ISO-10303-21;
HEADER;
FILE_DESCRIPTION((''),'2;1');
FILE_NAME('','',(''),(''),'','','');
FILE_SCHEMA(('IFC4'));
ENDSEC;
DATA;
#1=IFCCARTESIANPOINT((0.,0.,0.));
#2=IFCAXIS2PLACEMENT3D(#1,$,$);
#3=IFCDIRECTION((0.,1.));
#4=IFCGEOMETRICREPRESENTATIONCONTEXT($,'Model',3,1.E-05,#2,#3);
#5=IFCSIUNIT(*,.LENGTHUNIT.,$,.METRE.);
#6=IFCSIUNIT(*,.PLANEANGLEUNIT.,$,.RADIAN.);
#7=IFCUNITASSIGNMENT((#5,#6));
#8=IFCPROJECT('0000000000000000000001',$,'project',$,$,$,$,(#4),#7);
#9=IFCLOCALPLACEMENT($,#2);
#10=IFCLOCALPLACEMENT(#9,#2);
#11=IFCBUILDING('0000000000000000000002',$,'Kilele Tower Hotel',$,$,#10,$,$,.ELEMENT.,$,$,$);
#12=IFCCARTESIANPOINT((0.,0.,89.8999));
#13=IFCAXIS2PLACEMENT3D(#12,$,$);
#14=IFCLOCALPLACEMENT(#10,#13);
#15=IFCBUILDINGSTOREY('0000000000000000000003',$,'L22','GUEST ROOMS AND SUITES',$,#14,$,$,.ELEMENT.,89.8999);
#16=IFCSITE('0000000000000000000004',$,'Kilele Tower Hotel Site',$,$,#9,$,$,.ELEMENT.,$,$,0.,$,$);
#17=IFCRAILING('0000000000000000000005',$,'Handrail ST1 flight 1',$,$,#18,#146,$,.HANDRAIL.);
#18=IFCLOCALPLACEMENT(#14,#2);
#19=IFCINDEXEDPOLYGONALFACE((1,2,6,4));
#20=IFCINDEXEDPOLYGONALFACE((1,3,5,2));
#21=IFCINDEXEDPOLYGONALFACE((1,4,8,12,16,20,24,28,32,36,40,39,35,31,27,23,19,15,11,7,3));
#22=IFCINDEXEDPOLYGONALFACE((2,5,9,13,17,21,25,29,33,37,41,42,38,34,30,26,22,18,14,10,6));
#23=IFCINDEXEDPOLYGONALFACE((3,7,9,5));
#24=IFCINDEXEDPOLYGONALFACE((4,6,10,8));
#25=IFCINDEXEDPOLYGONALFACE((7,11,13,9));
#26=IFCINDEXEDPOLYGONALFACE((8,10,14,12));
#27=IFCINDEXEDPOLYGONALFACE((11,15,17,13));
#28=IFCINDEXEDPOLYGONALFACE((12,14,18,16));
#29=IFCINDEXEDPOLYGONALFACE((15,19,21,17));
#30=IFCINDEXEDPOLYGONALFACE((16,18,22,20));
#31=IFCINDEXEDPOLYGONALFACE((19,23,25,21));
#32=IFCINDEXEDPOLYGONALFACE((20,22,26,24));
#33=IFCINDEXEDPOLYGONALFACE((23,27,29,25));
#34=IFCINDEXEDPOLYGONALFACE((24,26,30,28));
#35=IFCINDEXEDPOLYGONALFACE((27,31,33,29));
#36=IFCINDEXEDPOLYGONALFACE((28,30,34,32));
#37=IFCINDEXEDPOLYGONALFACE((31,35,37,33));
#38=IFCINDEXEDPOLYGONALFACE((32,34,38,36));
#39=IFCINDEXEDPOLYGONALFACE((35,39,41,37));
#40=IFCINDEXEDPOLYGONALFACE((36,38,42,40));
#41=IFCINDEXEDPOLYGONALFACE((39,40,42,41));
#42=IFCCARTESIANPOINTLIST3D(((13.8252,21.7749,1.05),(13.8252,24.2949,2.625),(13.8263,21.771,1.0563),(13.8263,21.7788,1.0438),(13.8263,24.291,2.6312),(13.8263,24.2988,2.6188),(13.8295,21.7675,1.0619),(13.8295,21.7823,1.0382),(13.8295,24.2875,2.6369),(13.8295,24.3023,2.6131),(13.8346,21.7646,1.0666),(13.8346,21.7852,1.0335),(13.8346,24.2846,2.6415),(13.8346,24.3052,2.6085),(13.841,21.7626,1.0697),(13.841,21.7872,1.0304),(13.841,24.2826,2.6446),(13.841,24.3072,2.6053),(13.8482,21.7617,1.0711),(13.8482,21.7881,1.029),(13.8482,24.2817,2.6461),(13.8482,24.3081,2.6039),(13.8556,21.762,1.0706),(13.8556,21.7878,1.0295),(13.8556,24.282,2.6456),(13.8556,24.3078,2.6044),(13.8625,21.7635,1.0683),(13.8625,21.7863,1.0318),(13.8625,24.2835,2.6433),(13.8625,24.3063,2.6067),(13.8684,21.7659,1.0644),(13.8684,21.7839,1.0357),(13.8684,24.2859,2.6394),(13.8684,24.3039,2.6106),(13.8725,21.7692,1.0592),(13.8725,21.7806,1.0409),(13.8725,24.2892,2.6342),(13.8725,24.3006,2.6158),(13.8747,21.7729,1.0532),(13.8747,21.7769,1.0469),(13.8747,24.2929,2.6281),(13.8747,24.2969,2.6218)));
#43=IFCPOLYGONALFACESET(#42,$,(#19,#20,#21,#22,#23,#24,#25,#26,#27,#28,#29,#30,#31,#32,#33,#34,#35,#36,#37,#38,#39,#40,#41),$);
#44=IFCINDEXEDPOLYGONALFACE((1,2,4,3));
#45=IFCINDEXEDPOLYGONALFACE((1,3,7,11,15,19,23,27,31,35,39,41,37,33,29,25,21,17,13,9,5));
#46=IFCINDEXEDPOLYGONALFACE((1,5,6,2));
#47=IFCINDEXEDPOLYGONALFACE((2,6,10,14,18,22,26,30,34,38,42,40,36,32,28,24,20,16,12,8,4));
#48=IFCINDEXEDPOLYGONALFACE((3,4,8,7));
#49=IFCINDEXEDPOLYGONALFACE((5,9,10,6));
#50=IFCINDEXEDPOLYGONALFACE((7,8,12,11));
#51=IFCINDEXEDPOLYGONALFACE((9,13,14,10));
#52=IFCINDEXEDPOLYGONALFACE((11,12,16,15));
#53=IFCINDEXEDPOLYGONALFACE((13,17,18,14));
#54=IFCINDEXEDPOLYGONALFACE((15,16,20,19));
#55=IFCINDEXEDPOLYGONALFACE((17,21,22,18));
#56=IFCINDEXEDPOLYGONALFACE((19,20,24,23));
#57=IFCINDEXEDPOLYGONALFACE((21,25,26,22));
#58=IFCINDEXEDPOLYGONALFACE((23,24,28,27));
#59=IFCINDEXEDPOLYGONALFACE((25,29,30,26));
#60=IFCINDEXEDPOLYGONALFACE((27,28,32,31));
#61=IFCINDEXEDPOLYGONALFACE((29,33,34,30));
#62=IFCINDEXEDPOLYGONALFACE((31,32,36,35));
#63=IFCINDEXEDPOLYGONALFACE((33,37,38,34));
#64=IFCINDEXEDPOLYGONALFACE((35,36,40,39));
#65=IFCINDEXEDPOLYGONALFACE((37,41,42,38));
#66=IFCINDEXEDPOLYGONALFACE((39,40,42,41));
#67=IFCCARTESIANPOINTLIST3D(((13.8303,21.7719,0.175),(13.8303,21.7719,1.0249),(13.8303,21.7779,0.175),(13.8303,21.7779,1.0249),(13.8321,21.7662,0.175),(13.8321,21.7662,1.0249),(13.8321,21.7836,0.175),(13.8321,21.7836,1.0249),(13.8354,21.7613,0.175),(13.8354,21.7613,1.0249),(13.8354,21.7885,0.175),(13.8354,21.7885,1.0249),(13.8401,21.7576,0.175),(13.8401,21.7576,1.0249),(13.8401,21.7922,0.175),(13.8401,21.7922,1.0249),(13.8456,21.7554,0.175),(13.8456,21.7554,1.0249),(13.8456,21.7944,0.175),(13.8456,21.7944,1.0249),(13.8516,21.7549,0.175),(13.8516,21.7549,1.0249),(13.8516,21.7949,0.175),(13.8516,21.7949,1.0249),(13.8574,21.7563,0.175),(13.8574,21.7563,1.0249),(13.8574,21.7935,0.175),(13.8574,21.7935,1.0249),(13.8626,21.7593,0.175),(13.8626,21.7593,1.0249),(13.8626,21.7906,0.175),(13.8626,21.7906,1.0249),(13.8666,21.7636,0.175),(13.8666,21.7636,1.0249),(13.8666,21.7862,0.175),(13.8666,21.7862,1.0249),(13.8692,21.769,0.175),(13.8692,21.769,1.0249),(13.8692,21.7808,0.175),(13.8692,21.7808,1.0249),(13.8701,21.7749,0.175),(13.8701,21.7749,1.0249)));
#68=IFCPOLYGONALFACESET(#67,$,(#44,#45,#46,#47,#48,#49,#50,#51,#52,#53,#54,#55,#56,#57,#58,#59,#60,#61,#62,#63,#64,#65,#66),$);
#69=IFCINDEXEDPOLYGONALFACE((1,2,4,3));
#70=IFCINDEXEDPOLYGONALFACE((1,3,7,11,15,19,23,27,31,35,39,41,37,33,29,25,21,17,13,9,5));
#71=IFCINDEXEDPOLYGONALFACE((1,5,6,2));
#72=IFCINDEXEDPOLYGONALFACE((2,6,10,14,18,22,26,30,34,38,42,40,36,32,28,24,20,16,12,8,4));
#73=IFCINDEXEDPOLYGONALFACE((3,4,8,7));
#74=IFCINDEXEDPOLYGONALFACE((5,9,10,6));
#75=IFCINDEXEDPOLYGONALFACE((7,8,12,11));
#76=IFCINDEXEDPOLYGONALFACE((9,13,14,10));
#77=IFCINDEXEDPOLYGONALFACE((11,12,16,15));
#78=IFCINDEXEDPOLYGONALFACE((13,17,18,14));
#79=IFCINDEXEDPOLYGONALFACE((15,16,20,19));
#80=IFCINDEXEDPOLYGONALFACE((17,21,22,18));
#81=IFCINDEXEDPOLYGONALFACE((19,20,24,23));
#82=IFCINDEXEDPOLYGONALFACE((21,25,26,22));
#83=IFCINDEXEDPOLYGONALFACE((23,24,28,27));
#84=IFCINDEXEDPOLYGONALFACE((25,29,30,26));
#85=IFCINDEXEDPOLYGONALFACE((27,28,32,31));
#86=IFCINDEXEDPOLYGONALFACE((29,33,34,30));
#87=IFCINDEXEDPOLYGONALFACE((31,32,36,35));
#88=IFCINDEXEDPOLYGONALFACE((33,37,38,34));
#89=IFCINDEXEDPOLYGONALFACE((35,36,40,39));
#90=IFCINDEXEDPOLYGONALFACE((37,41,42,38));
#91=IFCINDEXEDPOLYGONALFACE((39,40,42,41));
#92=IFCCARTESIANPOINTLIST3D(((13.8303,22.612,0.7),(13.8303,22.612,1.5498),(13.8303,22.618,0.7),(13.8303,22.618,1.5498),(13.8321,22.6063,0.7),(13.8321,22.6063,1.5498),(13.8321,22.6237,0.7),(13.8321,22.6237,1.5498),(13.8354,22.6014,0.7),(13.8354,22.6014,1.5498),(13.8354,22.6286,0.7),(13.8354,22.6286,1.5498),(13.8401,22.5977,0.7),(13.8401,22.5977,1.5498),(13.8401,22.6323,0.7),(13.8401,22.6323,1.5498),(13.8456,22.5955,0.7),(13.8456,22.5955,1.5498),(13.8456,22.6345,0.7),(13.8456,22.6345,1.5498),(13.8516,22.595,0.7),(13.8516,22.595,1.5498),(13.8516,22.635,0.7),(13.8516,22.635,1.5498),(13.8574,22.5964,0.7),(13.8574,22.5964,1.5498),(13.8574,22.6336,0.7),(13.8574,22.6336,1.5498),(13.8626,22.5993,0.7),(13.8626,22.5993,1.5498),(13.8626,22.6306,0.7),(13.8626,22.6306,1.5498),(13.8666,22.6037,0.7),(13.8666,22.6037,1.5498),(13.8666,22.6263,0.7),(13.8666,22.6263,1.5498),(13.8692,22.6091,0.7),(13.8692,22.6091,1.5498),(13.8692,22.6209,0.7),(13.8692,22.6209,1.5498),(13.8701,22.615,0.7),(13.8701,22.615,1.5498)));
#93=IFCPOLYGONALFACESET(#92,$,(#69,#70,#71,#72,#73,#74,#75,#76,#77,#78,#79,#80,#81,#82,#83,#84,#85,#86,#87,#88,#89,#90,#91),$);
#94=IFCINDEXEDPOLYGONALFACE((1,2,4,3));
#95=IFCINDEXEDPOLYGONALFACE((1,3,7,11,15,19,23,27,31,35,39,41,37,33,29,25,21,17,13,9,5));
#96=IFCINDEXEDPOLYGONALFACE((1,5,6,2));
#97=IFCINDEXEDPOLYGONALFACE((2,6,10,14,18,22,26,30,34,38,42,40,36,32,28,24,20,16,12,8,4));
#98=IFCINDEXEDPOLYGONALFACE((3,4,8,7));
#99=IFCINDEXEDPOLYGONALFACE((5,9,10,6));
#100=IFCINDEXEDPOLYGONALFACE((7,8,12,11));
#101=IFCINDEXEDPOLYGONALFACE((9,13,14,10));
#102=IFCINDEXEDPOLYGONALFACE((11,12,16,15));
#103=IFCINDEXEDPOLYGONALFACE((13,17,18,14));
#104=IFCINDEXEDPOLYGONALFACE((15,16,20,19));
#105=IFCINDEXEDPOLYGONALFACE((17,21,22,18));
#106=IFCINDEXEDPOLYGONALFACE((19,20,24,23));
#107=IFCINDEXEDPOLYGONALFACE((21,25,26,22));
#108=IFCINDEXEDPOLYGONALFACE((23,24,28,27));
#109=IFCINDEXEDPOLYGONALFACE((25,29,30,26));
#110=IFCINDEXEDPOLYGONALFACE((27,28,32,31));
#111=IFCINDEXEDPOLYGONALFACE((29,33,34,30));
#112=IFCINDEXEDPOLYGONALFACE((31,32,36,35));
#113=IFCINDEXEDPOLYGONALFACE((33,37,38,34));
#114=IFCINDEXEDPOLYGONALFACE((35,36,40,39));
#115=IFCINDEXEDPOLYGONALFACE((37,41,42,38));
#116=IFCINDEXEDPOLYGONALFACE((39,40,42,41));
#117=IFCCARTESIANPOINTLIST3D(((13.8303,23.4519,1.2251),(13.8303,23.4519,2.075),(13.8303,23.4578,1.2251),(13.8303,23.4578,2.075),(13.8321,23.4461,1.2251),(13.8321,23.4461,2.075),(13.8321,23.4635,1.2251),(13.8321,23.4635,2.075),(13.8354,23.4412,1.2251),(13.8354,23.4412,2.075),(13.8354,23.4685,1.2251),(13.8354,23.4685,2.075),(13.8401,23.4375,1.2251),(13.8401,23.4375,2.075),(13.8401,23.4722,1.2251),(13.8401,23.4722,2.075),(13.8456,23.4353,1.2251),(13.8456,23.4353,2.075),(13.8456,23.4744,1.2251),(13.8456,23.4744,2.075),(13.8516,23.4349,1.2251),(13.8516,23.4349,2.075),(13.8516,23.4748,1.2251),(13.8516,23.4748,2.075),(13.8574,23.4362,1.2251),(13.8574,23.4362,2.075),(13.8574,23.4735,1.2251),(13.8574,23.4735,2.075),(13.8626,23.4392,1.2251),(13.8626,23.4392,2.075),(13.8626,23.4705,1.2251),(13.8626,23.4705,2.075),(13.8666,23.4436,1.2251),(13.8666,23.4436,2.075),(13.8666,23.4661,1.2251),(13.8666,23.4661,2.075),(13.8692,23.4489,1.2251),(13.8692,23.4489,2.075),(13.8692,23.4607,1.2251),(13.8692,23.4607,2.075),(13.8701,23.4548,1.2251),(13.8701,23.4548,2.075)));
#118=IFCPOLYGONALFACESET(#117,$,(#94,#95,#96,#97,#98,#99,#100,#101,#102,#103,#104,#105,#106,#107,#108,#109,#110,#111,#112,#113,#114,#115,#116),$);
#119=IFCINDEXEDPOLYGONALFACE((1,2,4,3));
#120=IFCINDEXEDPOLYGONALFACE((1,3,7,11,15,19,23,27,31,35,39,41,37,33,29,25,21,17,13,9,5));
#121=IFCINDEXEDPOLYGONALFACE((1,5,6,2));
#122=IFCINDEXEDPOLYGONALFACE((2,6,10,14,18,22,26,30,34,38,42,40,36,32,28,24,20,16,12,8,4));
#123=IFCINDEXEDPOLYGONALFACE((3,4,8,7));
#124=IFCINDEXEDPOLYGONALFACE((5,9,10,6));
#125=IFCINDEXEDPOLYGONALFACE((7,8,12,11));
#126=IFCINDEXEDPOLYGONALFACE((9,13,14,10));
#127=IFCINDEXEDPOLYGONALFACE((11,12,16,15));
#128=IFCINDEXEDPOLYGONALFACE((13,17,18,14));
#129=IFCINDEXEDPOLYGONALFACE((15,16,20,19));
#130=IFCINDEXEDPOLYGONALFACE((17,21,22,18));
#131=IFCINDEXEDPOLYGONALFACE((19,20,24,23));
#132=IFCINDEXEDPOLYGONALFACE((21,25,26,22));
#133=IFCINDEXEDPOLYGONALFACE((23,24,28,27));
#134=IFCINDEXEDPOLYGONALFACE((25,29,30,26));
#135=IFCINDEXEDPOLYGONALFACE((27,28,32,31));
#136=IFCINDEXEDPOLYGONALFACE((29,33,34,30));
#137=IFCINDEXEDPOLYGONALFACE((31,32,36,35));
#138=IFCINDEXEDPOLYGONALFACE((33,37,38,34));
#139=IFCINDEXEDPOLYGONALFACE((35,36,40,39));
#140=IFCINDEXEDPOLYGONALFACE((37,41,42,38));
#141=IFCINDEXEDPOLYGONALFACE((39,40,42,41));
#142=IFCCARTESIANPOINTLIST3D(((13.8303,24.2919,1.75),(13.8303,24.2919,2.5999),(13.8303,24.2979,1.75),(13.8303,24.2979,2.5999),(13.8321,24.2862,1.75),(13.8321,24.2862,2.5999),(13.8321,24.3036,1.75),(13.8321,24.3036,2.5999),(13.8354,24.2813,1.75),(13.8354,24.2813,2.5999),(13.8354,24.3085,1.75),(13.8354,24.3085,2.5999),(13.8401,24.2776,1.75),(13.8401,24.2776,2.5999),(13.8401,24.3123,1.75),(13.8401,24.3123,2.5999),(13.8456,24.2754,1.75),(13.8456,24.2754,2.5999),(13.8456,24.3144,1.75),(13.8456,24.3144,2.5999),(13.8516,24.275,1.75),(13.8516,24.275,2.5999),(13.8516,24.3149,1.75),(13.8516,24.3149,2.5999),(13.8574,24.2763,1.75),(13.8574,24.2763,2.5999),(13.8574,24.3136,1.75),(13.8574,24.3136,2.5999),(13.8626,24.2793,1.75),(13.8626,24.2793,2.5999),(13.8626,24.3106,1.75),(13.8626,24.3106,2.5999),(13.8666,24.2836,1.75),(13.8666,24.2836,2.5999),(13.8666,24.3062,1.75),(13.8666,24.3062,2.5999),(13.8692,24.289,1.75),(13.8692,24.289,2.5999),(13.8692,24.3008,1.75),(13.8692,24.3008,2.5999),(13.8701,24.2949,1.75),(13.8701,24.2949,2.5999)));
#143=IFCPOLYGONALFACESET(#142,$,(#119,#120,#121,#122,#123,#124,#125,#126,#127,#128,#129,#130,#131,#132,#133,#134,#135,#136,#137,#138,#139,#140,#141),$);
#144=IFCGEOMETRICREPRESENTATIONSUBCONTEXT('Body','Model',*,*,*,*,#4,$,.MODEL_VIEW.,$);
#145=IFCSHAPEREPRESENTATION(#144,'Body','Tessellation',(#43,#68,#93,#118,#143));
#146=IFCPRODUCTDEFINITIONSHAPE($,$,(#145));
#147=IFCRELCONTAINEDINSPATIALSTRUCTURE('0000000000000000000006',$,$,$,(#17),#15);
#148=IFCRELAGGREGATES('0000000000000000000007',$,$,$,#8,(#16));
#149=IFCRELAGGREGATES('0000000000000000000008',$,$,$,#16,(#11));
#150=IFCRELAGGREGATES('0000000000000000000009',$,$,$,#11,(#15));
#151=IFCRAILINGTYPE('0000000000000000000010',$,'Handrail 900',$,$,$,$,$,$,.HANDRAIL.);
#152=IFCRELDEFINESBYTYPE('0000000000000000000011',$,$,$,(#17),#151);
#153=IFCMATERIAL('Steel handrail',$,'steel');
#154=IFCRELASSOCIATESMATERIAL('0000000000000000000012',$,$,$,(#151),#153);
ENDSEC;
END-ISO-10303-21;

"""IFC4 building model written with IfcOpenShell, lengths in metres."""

from ifc_helpers import new_model, si_unit, direction, frame, origin, origin_2d, place, context, subcontext, project, spatial, circle, extrude, material, type_object, element, save


model = new_model("IFC4")

# Units and contexts
model_context = context("Model", 3, precision=1e-05, world=origin(), true_north=direction((0.0, 1.0)))
body_context = subcontext(model_context, "Body", "Model", "MODEL_VIEW")
ifc_project = project(units=[si_unit("LENGTHUNIT", "METRE"), si_unit("PLANEANGLEUNIT", "RADIAN")], contexts=[model_context])

# Site, building, storey
site_placement = place(None, origin())
site = spatial("IfcSite", under=ifc_project, at=site_placement, Name="Kilele Tower Hotel Site", CompositionType="ELEMENT", RefElevation=0.0)
building_placement = place(site_placement, origin())
building = spatial("IfcBuilding", under=site, at=building_placement, Name="Kilele Tower Hotel", CompositionType="ELEMENT")
storey_placement = place(building_placement, frame((0.0, 0.0, 89.8999)))
storey = spatial("IfcBuildingStorey", under=building, at=storey_placement, Name="L22", Description="GUEST ROOMS AND SUITES", CompositionType="ELEMENT", Elevation=89.8999)

# Railing
ifc_material_1 = material(Name="Steel handrail", Category="steel")
railing_type_1 = type_object("IfcRailingType", Name="Handrail 900", PredefinedType="HANDRAIL", material=ifc_material_1)
for number, where, name in (
    (1, (13.8501, 21.7749, 0.175), "Handrail ST1 flight 1"),
):
    element("IfcRailing", number, at=place(storey_placement, frame(where)), inside=storey, type_object=railing_type_1, Name=name, PredefinedType="HANDRAIL", context=body_context, shape_type="SweptSolid", body=[
        extrude(circle(Radius=0.0249, at=origin_2d()), frame((0.0, 0.0, 0.875), z_axis=(0.0, 0.848008, 0.529984), x_axis=(-1.0, 0.0, 0.0)), (0.0, 0.0, 1.0), 2.9717),
        extrude(circle(Radius=0.02, at=origin_2d()), origin(), (0.0, 0.0, 1.0), 0.8499),
        extrude(circle(Radius=0.02, at=origin_2d()), frame((0.0, 0.8401, 0.5249)), (0.0, 0.0, 1.0), 0.8499),
        extrude(circle(Radius=0.02, at=origin_2d()), frame((0.0, 1.6799, 1.05)), (0.0, 0.0, 1.0), 0.8499),
        extrude(circle(Radius=0.02, at=origin_2d()), frame((0.0, 2.52, 1.575)), (0.0, 0.0, 1.0), 0.8499),
    ])

save(model, "model.ifc")
